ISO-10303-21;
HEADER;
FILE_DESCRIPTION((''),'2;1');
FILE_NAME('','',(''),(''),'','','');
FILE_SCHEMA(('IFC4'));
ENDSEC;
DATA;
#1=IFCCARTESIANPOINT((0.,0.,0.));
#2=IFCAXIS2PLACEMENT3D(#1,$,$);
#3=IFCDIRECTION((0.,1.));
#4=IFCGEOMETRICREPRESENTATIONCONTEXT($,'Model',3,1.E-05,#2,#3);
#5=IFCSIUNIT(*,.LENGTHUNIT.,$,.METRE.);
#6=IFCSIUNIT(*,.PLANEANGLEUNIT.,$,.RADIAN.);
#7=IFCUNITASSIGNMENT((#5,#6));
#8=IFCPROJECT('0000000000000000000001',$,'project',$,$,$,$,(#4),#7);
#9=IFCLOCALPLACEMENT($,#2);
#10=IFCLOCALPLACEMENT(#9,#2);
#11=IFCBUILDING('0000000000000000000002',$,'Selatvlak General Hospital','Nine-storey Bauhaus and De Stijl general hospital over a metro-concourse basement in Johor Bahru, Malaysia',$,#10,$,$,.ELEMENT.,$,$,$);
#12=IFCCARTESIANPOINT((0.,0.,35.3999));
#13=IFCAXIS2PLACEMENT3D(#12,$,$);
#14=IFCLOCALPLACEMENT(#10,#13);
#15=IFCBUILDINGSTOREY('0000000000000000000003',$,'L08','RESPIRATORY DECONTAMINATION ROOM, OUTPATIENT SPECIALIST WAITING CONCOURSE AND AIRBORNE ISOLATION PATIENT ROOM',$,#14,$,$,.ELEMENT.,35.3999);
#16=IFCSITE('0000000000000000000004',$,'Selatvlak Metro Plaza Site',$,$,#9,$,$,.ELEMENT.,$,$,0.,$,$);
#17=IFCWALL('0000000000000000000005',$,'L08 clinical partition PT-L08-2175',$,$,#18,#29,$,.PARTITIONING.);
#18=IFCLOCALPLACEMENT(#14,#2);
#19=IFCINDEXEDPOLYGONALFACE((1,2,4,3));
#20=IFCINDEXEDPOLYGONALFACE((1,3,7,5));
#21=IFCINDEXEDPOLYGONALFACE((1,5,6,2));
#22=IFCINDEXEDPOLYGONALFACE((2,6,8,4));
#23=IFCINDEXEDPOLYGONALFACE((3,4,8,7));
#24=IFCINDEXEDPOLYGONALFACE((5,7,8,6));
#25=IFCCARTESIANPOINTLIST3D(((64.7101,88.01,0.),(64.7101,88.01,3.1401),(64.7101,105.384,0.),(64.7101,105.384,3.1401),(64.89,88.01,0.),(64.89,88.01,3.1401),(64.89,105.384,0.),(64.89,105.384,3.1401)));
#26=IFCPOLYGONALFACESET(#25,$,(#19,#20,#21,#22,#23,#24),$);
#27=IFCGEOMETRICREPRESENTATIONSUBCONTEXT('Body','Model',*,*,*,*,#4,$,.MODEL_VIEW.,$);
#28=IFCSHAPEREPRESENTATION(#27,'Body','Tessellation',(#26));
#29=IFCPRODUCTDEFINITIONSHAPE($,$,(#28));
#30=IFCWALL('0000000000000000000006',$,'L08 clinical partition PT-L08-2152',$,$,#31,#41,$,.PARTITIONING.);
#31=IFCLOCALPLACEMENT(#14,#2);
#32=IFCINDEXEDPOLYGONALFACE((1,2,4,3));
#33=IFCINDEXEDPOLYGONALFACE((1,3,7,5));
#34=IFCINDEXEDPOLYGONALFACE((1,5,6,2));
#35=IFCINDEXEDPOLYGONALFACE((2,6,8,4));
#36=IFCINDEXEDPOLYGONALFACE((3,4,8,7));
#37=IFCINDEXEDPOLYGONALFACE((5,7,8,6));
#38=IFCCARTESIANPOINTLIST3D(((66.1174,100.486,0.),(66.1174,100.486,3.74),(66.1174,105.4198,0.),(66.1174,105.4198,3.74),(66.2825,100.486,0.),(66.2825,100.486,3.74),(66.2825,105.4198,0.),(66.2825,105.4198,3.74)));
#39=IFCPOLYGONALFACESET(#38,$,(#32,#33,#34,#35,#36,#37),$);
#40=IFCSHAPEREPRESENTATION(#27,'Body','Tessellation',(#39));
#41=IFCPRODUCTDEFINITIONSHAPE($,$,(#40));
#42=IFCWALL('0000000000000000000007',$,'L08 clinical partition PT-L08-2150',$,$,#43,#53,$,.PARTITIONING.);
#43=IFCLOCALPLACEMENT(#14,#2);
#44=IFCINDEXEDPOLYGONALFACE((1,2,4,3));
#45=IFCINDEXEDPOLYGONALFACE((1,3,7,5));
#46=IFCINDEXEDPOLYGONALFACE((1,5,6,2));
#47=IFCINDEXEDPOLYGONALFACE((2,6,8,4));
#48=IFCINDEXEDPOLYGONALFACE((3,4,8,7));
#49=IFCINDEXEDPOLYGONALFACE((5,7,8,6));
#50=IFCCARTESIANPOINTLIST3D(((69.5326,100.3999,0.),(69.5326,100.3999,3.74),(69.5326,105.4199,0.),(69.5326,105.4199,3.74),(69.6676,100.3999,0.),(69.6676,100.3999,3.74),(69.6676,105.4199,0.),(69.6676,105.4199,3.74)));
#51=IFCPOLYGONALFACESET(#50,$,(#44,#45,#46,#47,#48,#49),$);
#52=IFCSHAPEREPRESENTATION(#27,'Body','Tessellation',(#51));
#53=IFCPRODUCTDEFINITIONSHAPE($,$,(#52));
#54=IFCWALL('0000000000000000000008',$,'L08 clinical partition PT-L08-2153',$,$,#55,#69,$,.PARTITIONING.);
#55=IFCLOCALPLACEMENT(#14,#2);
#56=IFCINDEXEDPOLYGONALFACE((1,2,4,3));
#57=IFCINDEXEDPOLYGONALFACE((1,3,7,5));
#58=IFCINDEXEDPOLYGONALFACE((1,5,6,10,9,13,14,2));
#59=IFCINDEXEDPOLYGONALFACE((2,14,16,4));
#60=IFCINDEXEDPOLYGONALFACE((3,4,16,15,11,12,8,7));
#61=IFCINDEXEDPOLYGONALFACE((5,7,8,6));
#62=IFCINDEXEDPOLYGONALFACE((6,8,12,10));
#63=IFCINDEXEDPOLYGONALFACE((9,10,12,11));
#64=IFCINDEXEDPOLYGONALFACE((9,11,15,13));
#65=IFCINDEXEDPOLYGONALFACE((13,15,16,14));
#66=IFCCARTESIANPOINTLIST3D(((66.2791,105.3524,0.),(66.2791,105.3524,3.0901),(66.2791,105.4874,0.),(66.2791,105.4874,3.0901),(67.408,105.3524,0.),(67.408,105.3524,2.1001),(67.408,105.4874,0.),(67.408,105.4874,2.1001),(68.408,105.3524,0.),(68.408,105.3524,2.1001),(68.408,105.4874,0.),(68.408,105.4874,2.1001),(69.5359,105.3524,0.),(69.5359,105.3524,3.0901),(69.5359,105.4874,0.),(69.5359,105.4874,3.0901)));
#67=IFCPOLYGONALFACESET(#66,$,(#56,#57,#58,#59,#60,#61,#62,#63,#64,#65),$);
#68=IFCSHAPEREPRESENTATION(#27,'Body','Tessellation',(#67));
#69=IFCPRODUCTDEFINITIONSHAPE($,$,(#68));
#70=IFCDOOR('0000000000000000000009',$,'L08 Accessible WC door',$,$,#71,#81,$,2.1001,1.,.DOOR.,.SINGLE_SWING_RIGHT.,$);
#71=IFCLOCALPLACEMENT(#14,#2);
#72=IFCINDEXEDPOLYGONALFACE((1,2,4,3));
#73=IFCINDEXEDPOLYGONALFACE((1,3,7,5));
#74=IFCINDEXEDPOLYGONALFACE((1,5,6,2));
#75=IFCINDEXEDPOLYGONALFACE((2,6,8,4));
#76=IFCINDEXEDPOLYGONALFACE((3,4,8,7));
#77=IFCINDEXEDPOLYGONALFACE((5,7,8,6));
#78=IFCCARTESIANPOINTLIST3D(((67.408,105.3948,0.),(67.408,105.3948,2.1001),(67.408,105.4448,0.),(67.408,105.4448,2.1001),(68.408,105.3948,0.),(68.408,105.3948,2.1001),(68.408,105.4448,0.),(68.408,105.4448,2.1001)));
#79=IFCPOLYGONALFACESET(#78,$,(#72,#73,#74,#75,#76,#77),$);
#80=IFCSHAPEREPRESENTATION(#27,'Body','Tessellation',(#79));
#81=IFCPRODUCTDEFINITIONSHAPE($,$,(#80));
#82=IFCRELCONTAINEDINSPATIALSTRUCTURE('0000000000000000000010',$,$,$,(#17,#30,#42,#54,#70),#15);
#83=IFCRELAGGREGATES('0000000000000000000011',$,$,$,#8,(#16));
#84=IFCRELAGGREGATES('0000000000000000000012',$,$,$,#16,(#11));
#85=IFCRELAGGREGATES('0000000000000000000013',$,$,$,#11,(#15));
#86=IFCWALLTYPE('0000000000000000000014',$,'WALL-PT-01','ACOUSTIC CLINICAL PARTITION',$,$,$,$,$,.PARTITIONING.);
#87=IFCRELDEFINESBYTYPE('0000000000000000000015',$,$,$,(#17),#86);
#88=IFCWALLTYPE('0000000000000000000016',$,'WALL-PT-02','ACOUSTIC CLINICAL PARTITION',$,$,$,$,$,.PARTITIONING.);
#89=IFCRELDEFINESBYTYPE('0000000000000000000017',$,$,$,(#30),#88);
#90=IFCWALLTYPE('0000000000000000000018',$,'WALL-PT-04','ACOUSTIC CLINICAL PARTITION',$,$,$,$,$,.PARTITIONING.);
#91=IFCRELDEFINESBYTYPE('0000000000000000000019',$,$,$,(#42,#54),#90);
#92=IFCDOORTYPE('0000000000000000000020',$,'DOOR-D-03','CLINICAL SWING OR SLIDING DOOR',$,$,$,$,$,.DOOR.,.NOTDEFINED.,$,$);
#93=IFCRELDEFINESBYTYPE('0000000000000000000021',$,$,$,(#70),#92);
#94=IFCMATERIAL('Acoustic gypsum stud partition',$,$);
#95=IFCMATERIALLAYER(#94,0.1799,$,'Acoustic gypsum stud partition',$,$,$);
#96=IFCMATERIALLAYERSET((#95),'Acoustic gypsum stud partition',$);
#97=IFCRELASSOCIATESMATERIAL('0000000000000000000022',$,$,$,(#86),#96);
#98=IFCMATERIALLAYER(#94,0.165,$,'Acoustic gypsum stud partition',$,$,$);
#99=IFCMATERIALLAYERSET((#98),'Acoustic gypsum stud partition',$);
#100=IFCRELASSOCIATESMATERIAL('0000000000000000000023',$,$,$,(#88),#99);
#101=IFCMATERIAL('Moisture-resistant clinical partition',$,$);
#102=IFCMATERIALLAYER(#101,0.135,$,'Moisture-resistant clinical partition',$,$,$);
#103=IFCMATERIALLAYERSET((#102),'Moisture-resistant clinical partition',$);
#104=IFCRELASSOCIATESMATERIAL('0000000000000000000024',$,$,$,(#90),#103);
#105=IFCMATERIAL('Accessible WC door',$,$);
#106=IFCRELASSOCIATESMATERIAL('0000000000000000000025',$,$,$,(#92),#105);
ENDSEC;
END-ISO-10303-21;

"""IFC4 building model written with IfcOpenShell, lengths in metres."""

from ifc_helpers import new_model, si_unit, direction, frame, frame_2d, origin, place, context, subcontext, project, spatial, rectangle, extrude, material, layer, layer_set, type_object, element, fill, save


model = new_model("IFC4")

# Units and contexts
model_context = context("Model", 3, precision=1e-05, world=origin(), true_north=direction((0.0, 1.0)))
body_context = subcontext(model_context, "Body", "Model", "MODEL_VIEW")
ifc_project = project(units=[si_unit("LENGTHUNIT", "METRE"), si_unit("PLANEANGLEUNIT", "RADIAN")], contexts=[model_context])

# Site, building, storey
site_placement = place(None, origin())
site = spatial("IfcSite", under=ifc_project, at=site_placement, Name="Selatvlak Metro Plaza Site", CompositionType="ELEMENT", RefElevation=0.0)
building_placement = place(site_placement, origin())
building = spatial("IfcBuilding", under=site, at=building_placement, Name="Selatvlak General Hospital", Description="Nine-storey Bauhaus and De Stijl general hospital over a metro-concourse basement in Johor Bahru, Malaysia", CompositionType="ELEMENT")
storey_placement = place(building_placement, frame((0.0, 0.0, 35.3999)))
storey = spatial("IfcBuildingStorey", under=building, at=storey_placement, Name="L08", Description="RESPIRATORY DECONTAMINATION ROOM, OUTPATIENT SPECIALIST WAITING CONCOURSE AND AIRBORNE ISOLATION PATIENT ROOM", CompositionType="ELEMENT", Elevation=35.3999)

# Walls
ifc_material_1 = material(Name="Acoustic gypsum stud partition")
ifc_layer_1 = layer(ifc_material_1, 0.1799, Name="Acoustic gypsum stud partition")
ifc_layer_set_1 = layer_set([ifc_layer_1], Name="Acoustic gypsum stud partition")
wall_type_1 = type_object("IfcWallType", Name="WALL-PT-01", Description="ACOUSTIC CLINICAL PARTITION", PredefinedType="PARTITIONING", material=ifc_layer_set_1)
wall_1_placement = place(storey_placement, frame((64.8, 105.384, 0.0), z_axis=(0.0, 0.0, 1.0), x_axis=(0.0, -1.0, 0.0)))
element("IfcWall", 1, at=wall_1_placement, inside=storey, type_object=wall_type_1, Name="L08 clinical partition PT-L08-2175", PredefinedType="PARTITIONING", context=body_context, shape_type="SweptSolid", body=[
    extrude(rectangle(XDim=17.374, YDim=0.1799, at=frame_2d((8.687, 0.0))), origin(), (0.0, 0.0, 1.0), 3.1401),
])
ifc_layer_2 = layer(ifc_material_1, 0.165, Name="Acoustic gypsum stud partition")
ifc_layer_set_2 = layer_set([ifc_layer_2], Name="Acoustic gypsum stud partition")
wall_type_2 = type_object("IfcWallType", Name="WALL-PT-02", Description="ACOUSTIC CLINICAL PARTITION", PredefinedType="PARTITIONING", material=ifc_layer_set_2)
wall_2_placement = place(storey_placement, frame((66.2, 100.4861, 0.0), z_axis=(0.0, 0.0, 1.0), x_axis=(0.0, 1.0, 0.0)))
element("IfcWall", 2, at=wall_2_placement, inside=storey, type_object=wall_type_2, Name="L08 clinical partition PT-L08-2152", PredefinedType="PARTITIONING", context=body_context, shape_type="SweptSolid", body=[
    extrude(rectangle(XDim=4.9338, YDim=0.165, at=frame_2d((2.4668, 0.0))), origin(), (0.0, 0.0, 1.0), 3.74),
])
ifc_material_2 = material(Name="Moisture-resistant clinical partition")
ifc_layer_3 = layer(ifc_material_2, 0.135, Name="Moisture-resistant clinical partition")
ifc_layer_set_3 = layer_set([ifc_layer_3], Name="Moisture-resistant clinical partition")
wall_type_3 = type_object("IfcWallType", Name="WALL-PT-04", Description="ACOUSTIC CLINICAL PARTITION", PredefinedType="PARTITIONING", material=ifc_layer_set_3)
wall_3_placement = place(storey_placement, frame((69.6001, 105.4199, 0.0), z_axis=(0.0, 0.0, 1.0), x_axis=(0.0, -1.0, 0.0)))
element("IfcWall", 3, at=wall_3_placement, inside=storey, type_object=wall_type_3, Name="L08 clinical partition PT-L08-2150", PredefinedType="PARTITIONING", context=body_context, shape_type="SweptSolid", body=[
    extrude(rectangle(XDim=5.02, YDim=0.135, at=frame_2d((2.51, 0.0))), origin(), (0.0, 0.0, 1.0), 3.74),
])

# Wall, opening, door
wall_4_placement = place(storey_placement, frame((66.2791, 105.4199, 0.0), z_axis=(0.0, 0.0, 1.0), x_axis=(1.0, 0.0, 0.0)))
wall_4 = element("IfcWall", 4, at=wall_4_placement, inside=storey, type_object=wall_type_3, Name="L08 clinical partition PT-L08-2153", PredefinedType="PARTITIONING", context=body_context, shape_type="SweptSolid", body=[
    extrude(rectangle(XDim=3.2568, YDim=0.135, at=frame_2d((1.6284, 0.0))), origin(), (0.0, 0.0, 1.0), 3.0901),
])
opening_placement = place(wall_4_placement, frame((1.1289, 0.0, 0.0)))
opening = element("IfcOpeningElement", 5, at=opening_placement, cuts=wall_4, PredefinedType="OPENING", context=body_context, shape_type="SweptSolid", body=[
    extrude(rectangle(XDim=1.0, YDim=2.1001, at=frame_2d((0.5, 1.05))), frame((0.0, 0.0774, 0.0), z_axis=(0.0, -1.0, 0.0), x_axis=(1.0, 0.0, 0.0)), (0.0, 0.0, 1.0), 0.155),
])
ifc_material_3 = material(Name="Accessible WC door")
door_type = type_object("IfcDoorType", Name="DOOR-D-03", Description="CLINICAL SWING OR SLIDING DOOR", OperationType="NOTDEFINED", PredefinedType="DOOR", material=ifc_material_3)
door_placement = place(opening_placement, origin())
door = element("IfcDoor", 6, at=door_placement, inside=storey, type_object=door_type, Name="L08 Accessible WC door", OperationType="SINGLE_SWING_RIGHT", OverallHeight=2.1001, OverallWidth=1.0, PredefinedType="DOOR", context=body_context, shape_type="SweptSolid", body=[
    extrude(rectangle(XDim=1.0, YDim=2.1001, at=frame_2d((0.5, 1.05))), frame((0.0, 0.0249, 0.0), z_axis=(0.0, -1.0, 0.0), x_axis=(1.0, 0.0, 0.0)), (0.0, 0.0, 1.0), 0.05),
])
fill(opening, door)

save(model, "model.ifc")
